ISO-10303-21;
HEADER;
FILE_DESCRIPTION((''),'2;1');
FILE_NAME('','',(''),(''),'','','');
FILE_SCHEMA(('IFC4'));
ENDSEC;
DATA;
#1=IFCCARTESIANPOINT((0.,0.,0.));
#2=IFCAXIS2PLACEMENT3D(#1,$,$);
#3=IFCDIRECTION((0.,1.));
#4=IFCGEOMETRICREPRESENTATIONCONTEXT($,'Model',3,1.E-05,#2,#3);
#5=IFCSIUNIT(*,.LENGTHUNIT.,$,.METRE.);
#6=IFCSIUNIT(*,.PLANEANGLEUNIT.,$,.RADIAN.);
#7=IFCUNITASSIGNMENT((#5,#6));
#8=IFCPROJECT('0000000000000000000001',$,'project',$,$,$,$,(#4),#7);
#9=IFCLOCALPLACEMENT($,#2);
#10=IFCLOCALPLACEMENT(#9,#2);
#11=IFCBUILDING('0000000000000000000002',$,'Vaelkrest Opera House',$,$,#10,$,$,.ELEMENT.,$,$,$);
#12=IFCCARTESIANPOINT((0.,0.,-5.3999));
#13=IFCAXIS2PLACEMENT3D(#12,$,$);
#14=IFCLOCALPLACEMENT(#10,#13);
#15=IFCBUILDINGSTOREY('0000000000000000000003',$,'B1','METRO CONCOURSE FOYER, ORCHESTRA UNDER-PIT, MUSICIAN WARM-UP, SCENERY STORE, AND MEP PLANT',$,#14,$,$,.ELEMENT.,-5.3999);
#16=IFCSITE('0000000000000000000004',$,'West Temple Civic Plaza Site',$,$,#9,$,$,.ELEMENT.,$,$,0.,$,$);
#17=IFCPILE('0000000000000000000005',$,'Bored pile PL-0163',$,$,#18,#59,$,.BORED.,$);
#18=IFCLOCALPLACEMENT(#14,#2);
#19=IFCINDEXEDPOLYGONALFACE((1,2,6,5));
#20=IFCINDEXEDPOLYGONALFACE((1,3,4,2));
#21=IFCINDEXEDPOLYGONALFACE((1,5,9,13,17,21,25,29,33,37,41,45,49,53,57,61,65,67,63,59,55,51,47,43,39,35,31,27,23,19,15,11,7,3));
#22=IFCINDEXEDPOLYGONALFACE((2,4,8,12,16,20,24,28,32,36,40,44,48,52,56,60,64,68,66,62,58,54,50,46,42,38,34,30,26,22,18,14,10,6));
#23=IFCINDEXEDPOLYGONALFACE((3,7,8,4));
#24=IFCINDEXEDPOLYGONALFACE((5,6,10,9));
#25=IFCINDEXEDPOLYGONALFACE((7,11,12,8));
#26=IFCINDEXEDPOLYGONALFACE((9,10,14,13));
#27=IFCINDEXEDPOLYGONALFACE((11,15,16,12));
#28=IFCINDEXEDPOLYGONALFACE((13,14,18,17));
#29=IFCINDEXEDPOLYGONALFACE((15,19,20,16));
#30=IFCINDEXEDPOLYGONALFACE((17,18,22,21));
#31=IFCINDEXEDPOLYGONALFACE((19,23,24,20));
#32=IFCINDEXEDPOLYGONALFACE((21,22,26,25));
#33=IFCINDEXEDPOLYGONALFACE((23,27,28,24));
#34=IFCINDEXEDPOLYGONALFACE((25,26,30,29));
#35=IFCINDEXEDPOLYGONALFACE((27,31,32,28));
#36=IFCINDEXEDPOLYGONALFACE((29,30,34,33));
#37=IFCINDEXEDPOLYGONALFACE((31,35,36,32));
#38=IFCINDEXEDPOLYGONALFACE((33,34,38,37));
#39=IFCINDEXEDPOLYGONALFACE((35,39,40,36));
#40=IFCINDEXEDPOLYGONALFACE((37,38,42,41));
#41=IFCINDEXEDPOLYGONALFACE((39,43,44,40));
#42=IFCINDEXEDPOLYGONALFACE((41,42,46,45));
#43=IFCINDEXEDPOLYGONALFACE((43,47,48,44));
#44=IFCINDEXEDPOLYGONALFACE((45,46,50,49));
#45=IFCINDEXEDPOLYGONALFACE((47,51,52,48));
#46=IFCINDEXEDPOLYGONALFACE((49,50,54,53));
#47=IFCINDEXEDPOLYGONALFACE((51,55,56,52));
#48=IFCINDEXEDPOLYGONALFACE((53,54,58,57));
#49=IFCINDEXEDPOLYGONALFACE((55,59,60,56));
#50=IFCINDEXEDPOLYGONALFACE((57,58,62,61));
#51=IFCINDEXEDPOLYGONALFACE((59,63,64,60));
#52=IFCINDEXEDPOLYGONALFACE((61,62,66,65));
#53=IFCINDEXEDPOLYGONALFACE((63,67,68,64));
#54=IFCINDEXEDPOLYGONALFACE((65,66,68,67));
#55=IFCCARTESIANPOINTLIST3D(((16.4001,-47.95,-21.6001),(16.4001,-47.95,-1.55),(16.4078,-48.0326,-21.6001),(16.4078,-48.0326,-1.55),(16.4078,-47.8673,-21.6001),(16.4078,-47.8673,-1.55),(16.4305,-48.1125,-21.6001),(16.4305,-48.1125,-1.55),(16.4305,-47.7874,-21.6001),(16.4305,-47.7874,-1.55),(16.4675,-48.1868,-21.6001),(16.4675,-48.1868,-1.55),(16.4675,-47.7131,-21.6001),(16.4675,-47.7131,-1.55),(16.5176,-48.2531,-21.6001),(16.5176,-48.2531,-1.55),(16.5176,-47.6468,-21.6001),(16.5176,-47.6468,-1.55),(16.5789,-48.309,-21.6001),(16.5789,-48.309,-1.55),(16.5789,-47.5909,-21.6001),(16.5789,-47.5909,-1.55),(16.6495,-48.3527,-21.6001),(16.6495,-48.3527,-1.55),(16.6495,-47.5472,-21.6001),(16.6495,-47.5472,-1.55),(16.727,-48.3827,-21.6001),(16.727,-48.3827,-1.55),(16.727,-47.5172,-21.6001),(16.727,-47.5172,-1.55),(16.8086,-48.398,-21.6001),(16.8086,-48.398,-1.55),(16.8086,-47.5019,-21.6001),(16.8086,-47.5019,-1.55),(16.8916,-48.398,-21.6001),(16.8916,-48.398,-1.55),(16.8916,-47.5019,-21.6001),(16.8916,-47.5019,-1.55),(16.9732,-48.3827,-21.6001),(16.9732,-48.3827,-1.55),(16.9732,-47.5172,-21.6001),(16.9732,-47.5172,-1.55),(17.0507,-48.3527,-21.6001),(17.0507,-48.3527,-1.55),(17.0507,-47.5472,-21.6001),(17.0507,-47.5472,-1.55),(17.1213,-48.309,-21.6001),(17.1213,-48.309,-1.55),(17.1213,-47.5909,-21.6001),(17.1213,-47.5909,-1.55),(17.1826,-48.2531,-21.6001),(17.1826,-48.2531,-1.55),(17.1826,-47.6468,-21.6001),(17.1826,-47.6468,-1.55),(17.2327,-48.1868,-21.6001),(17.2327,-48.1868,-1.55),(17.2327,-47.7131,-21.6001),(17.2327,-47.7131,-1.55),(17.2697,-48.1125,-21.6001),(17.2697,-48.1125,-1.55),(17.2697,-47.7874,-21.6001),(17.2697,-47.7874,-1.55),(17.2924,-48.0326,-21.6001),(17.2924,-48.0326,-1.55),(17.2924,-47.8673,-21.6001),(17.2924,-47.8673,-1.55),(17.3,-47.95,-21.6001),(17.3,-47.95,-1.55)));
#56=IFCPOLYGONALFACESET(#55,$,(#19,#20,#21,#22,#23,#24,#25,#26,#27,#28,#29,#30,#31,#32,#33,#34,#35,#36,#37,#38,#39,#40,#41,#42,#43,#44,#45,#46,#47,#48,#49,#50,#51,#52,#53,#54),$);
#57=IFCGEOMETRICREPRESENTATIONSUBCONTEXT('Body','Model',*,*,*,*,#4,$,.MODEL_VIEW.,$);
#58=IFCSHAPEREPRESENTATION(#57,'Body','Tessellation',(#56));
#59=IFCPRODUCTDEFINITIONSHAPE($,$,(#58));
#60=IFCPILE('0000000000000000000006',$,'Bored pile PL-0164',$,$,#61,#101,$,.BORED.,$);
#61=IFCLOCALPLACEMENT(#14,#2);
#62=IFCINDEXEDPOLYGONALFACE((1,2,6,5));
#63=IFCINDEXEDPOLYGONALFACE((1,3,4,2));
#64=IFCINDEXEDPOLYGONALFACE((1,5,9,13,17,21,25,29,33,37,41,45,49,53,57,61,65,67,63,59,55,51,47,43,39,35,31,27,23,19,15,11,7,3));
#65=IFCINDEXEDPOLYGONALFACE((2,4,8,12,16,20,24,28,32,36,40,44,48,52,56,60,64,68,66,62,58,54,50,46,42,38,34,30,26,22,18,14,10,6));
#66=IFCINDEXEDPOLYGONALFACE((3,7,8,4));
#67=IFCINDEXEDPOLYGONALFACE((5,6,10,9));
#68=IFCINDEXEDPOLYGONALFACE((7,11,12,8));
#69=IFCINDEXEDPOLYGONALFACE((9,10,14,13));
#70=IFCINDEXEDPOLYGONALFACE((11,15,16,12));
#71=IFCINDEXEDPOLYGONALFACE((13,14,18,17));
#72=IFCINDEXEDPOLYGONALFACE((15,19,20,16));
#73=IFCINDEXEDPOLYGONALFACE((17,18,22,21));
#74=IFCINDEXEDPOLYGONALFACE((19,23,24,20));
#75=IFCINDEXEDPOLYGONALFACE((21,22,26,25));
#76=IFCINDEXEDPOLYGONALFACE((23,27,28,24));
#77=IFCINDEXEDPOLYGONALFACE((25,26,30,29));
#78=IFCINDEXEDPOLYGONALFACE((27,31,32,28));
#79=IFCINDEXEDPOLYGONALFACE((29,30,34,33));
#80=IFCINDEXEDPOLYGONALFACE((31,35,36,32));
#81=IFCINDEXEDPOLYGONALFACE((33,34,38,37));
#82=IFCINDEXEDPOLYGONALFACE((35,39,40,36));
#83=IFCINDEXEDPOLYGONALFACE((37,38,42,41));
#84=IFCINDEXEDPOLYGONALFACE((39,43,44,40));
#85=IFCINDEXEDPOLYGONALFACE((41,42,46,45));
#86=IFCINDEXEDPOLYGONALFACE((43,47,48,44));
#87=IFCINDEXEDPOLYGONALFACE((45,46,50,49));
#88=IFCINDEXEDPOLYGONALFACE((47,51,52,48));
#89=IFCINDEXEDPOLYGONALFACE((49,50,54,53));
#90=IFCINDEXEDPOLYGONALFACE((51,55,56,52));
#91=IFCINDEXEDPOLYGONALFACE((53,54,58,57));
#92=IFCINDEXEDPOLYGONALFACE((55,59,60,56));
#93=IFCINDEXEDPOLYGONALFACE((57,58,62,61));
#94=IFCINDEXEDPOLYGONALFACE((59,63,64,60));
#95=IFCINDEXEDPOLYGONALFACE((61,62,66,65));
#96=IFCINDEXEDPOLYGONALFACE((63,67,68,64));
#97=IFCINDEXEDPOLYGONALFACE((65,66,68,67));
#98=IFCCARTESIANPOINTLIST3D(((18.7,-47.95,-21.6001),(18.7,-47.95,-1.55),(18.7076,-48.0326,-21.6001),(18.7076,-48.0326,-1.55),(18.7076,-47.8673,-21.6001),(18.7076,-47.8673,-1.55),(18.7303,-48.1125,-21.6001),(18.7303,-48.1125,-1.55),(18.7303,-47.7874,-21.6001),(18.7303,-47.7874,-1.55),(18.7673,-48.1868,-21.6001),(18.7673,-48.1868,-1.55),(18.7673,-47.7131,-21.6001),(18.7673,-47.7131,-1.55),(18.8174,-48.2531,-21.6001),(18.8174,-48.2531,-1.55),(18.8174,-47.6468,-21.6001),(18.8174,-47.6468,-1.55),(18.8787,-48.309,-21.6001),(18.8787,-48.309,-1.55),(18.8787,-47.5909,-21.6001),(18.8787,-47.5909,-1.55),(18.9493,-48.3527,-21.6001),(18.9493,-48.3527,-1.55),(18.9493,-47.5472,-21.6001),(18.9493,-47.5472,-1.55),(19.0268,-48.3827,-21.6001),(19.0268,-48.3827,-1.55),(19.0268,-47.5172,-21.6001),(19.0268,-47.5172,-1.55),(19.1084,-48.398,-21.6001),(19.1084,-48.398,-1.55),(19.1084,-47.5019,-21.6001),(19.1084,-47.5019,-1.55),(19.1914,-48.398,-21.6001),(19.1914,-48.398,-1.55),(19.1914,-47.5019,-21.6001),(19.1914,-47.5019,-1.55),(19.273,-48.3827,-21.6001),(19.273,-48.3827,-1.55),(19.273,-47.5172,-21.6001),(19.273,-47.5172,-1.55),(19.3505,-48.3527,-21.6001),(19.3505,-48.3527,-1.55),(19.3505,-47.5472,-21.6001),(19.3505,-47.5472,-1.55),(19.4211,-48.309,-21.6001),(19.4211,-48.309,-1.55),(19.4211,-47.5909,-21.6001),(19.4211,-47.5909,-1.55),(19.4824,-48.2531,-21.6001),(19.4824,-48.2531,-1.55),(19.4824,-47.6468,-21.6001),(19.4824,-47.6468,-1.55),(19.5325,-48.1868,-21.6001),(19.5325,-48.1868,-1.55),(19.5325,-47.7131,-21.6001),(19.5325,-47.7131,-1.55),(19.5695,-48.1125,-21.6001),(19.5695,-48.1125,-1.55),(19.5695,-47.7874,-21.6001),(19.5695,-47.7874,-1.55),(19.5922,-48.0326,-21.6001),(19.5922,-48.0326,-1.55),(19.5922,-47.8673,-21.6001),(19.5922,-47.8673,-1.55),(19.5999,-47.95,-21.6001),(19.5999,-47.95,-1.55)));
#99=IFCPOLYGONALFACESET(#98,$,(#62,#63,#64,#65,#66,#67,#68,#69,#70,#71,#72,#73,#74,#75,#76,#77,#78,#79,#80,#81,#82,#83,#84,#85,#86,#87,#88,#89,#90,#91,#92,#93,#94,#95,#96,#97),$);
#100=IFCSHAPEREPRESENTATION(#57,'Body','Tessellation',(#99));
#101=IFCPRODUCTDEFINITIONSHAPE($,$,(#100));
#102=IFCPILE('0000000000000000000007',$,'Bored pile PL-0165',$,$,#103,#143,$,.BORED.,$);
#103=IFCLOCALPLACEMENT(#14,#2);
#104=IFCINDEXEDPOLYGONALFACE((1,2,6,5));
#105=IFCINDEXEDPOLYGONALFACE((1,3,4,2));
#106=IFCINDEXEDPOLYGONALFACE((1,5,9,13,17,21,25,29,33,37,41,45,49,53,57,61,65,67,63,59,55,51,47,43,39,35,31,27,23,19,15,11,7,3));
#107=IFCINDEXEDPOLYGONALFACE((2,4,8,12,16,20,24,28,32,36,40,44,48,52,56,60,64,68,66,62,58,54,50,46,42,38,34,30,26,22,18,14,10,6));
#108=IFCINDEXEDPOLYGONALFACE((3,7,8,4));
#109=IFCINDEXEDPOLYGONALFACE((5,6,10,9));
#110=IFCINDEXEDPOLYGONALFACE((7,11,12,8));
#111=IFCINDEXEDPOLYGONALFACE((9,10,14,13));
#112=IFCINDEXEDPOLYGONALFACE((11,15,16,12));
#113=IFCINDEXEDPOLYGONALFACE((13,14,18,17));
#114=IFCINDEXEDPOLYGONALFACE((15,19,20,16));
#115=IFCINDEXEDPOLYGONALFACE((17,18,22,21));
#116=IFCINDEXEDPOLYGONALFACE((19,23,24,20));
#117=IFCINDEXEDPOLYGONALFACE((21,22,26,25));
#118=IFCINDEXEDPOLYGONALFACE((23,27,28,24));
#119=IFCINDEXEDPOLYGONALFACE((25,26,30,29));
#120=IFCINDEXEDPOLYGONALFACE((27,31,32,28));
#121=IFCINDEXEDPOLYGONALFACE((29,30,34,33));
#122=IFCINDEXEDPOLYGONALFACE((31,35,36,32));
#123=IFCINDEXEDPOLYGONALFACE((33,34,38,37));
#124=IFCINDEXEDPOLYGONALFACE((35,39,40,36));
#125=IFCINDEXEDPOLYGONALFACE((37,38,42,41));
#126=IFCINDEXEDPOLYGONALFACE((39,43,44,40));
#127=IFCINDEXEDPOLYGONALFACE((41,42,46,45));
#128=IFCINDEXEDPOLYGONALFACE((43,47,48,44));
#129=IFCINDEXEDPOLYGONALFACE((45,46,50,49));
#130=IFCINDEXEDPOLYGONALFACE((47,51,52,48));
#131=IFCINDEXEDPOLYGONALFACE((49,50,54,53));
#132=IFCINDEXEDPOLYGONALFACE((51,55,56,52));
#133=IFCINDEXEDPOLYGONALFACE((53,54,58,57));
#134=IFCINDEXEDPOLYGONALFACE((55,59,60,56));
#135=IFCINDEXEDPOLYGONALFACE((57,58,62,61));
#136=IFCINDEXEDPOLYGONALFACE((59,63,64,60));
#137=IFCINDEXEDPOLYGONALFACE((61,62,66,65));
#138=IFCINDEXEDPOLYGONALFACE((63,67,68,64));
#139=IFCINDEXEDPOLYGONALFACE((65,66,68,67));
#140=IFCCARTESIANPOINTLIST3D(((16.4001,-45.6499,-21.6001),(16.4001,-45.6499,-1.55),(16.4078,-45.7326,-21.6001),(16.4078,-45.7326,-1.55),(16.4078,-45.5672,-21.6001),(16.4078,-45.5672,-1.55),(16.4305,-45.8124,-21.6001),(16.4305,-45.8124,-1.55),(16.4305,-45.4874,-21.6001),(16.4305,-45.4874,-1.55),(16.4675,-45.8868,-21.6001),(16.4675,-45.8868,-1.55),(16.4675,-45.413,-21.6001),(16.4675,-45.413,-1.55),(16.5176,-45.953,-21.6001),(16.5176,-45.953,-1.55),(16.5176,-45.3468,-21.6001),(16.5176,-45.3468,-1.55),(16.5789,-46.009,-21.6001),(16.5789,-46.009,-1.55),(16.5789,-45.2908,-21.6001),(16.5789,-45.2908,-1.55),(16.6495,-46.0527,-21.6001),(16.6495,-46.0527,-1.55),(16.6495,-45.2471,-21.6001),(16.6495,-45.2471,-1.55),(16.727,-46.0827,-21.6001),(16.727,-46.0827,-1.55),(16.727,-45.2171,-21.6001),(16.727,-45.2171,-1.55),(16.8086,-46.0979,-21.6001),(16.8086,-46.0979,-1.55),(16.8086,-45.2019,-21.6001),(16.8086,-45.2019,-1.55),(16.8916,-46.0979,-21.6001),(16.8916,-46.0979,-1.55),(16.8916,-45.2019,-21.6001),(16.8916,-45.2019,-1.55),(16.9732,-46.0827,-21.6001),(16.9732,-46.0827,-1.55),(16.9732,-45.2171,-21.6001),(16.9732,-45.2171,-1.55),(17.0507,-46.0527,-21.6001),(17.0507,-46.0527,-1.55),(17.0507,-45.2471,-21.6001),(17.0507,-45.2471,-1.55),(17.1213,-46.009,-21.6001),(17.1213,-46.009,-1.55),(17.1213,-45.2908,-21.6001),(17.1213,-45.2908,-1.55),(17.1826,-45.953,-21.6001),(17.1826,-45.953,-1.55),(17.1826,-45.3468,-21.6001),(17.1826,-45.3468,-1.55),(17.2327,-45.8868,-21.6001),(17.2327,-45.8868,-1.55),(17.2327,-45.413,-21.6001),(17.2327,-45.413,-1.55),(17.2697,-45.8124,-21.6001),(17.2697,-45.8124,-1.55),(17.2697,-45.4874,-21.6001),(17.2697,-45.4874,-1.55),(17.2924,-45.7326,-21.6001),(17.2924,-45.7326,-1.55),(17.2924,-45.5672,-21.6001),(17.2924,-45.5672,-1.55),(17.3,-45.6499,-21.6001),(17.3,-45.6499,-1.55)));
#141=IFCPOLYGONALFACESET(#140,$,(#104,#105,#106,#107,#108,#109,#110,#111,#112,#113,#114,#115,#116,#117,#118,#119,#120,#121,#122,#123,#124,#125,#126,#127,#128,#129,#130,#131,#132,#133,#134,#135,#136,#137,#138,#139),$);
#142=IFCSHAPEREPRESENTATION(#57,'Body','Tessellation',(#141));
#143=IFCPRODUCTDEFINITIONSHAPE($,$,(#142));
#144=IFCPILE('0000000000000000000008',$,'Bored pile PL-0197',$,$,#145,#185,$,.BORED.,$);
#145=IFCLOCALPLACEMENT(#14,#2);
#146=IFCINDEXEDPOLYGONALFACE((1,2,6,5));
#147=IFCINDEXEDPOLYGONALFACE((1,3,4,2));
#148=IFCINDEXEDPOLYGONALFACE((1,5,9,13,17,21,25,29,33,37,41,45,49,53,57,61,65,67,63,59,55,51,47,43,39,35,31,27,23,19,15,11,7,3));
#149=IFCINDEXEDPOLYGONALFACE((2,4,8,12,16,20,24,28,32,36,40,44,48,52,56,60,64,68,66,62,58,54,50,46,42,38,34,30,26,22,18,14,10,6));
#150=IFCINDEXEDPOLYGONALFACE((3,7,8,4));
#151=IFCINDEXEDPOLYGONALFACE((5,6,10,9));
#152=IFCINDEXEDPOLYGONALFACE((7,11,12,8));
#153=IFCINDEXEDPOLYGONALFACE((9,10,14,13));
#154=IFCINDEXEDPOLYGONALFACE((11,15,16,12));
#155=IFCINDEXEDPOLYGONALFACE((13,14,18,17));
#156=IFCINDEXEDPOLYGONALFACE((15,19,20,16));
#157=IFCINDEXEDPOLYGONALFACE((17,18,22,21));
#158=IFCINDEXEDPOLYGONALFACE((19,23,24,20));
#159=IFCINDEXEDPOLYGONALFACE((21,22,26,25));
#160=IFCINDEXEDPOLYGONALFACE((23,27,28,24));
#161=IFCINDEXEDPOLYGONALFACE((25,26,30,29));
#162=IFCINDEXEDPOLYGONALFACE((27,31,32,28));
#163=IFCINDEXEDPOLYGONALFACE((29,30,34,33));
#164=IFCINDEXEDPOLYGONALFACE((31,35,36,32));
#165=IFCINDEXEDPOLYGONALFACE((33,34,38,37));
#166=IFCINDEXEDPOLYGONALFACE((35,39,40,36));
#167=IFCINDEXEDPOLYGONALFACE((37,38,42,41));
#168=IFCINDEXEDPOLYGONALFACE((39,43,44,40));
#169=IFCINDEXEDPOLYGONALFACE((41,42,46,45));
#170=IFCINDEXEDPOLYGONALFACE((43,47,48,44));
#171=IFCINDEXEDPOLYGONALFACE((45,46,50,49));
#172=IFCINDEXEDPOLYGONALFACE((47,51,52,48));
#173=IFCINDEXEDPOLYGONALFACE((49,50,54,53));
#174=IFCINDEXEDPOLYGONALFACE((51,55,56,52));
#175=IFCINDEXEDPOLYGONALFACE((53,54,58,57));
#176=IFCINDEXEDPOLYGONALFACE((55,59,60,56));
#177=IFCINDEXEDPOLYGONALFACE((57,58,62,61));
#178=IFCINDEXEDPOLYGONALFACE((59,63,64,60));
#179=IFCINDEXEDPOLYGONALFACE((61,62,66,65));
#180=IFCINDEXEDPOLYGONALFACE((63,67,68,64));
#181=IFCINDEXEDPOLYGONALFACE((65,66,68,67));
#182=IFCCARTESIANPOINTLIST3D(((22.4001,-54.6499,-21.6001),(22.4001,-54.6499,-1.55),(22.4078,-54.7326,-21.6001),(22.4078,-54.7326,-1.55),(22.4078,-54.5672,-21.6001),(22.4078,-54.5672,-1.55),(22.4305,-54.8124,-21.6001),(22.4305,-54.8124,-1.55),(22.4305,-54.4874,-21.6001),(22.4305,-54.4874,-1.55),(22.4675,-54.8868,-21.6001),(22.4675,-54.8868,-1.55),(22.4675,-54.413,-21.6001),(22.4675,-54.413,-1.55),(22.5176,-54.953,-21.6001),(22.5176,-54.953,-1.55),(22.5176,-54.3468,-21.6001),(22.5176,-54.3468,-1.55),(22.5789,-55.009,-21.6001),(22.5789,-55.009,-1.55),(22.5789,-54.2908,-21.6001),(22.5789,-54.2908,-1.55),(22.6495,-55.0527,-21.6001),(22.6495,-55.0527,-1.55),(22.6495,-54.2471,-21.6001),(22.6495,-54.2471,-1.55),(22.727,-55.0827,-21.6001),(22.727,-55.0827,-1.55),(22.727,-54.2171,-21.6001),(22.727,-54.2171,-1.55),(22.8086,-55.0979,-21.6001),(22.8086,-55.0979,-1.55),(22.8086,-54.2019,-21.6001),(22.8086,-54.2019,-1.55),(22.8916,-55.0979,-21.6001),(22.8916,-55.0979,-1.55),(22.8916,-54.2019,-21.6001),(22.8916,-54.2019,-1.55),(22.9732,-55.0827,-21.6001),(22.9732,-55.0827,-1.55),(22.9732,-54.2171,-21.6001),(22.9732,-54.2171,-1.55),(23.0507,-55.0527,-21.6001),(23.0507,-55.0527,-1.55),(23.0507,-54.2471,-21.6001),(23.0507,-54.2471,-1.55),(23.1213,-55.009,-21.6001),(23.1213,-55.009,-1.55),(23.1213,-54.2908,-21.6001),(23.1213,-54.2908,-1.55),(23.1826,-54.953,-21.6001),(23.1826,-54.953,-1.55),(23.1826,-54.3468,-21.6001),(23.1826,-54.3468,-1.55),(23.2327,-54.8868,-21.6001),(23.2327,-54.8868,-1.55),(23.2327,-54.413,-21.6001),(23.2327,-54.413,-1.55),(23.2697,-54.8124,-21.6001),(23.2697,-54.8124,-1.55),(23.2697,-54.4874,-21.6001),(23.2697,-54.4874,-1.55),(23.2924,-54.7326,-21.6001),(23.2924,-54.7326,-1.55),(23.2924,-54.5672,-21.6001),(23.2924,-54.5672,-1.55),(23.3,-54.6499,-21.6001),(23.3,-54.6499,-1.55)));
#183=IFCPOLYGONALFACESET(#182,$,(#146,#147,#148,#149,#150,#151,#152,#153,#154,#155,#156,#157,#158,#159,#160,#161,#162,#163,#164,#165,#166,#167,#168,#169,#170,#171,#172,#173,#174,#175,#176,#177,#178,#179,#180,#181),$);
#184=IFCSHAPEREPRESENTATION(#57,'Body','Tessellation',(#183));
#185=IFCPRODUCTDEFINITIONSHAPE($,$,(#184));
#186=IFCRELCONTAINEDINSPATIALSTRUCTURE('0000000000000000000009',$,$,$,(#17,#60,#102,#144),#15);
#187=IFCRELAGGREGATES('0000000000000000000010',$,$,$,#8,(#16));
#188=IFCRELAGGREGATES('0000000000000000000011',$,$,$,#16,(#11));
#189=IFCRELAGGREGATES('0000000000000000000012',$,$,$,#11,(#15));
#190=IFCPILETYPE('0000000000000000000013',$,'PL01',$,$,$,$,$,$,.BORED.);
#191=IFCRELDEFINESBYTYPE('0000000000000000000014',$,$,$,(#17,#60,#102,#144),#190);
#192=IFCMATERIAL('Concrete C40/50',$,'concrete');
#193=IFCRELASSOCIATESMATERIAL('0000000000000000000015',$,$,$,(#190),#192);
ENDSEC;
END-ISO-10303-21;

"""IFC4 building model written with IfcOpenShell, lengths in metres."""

from ifc_helpers import new_model, si_unit, direction, frame, origin, origin_2d, place, context, subcontext, project, spatial, circle, extrude, material, material_profile, profile_set, type_object, element, save


model = new_model("IFC4")

# Units and contexts
model_context = context("Model", 3, precision=1e-05, world=origin(), true_north=direction((0.0, 1.0)))
body_context = subcontext(model_context, "Body", "Model", "MODEL_VIEW")
ifc_project = project(units=[si_unit("LENGTHUNIT", "METRE"), si_unit("PLANEANGLEUNIT", "RADIAN")], contexts=[model_context])

# Site, building, storey
site_placement = place(None, origin())
site = spatial("IfcSite", under=ifc_project, at=site_placement, Name="West Temple Civic Plaza Site", CompositionType="ELEMENT", RefElevation=0.0)
building_placement = place(site_placement, origin())
building = spatial("IfcBuilding", under=site, at=building_placement, Name="Vaelkrest Opera House", CompositionType="ELEMENT")
storey_placement = place(building_placement, frame((0.0, 0.0, -5.3999)))
storey = spatial("IfcBuildingStorey", under=building, at=storey_placement, Name="B1", Description="METRO CONCOURSE FOYER, ORCHESTRA UNDER-PIT, MUSICIAN WARM-UP, SCENERY STORE, AND MEP PLANT", CompositionType="ELEMENT", Elevation=-5.3999)

# Shared definitions
ifc_material_1 = material(Name="Concrete C40/50", Category="concrete")

# Piles
ifc_material_profile_1 = material_profile(ifc_material_1, circle(Radius=0.45, at=origin_2d()), Name="PILE900")
ifc_profile_set_1 = profile_set([ifc_material_profile_1], Name="Concrete C40/50")
pile_type = type_object("IfcPileType", Name="PL01", PredefinedType="BORED", material=ifc_profile_set_1)
for number, where, z_axis, x_axis, name in (
    (1, (16.8501, -47.95, -1.55), (0.0, 0.0, -1.0), (1.0, 0.0, 0.0), "Bored pile PL-0163"),
    (2, (19.1499, -47.95, -1.55), (0.0, 0.0, -1.0), (1.0, 0.0, 0.0), "Bored pile PL-0164"),
    (3, (16.8501, -45.6499, -1.55), (0.0, 0.0, -1.0), (1.0, 0.0, 0.0), "Bored pile PL-0165"),
    (4, (22.8501, -54.6499, -1.55), (0.0, 0.0, -1.0), (1.0, 0.0, 0.0), "Bored pile PL-0197"),
):
    element("IfcPile", number, at=place(storey_placement, frame(where, z_axis=z_axis, x_axis=x_axis)), inside=storey, type_object=pile_type, Name=name, PredefinedType="BORED", context=body_context, shape_type="SweptSolid", body=[
        extrude(circle(Radius=0.45, at=origin_2d()), origin(), (0.0, 0.0, 1.0), 20.05),
    ])

save(model, "model.ifc")
